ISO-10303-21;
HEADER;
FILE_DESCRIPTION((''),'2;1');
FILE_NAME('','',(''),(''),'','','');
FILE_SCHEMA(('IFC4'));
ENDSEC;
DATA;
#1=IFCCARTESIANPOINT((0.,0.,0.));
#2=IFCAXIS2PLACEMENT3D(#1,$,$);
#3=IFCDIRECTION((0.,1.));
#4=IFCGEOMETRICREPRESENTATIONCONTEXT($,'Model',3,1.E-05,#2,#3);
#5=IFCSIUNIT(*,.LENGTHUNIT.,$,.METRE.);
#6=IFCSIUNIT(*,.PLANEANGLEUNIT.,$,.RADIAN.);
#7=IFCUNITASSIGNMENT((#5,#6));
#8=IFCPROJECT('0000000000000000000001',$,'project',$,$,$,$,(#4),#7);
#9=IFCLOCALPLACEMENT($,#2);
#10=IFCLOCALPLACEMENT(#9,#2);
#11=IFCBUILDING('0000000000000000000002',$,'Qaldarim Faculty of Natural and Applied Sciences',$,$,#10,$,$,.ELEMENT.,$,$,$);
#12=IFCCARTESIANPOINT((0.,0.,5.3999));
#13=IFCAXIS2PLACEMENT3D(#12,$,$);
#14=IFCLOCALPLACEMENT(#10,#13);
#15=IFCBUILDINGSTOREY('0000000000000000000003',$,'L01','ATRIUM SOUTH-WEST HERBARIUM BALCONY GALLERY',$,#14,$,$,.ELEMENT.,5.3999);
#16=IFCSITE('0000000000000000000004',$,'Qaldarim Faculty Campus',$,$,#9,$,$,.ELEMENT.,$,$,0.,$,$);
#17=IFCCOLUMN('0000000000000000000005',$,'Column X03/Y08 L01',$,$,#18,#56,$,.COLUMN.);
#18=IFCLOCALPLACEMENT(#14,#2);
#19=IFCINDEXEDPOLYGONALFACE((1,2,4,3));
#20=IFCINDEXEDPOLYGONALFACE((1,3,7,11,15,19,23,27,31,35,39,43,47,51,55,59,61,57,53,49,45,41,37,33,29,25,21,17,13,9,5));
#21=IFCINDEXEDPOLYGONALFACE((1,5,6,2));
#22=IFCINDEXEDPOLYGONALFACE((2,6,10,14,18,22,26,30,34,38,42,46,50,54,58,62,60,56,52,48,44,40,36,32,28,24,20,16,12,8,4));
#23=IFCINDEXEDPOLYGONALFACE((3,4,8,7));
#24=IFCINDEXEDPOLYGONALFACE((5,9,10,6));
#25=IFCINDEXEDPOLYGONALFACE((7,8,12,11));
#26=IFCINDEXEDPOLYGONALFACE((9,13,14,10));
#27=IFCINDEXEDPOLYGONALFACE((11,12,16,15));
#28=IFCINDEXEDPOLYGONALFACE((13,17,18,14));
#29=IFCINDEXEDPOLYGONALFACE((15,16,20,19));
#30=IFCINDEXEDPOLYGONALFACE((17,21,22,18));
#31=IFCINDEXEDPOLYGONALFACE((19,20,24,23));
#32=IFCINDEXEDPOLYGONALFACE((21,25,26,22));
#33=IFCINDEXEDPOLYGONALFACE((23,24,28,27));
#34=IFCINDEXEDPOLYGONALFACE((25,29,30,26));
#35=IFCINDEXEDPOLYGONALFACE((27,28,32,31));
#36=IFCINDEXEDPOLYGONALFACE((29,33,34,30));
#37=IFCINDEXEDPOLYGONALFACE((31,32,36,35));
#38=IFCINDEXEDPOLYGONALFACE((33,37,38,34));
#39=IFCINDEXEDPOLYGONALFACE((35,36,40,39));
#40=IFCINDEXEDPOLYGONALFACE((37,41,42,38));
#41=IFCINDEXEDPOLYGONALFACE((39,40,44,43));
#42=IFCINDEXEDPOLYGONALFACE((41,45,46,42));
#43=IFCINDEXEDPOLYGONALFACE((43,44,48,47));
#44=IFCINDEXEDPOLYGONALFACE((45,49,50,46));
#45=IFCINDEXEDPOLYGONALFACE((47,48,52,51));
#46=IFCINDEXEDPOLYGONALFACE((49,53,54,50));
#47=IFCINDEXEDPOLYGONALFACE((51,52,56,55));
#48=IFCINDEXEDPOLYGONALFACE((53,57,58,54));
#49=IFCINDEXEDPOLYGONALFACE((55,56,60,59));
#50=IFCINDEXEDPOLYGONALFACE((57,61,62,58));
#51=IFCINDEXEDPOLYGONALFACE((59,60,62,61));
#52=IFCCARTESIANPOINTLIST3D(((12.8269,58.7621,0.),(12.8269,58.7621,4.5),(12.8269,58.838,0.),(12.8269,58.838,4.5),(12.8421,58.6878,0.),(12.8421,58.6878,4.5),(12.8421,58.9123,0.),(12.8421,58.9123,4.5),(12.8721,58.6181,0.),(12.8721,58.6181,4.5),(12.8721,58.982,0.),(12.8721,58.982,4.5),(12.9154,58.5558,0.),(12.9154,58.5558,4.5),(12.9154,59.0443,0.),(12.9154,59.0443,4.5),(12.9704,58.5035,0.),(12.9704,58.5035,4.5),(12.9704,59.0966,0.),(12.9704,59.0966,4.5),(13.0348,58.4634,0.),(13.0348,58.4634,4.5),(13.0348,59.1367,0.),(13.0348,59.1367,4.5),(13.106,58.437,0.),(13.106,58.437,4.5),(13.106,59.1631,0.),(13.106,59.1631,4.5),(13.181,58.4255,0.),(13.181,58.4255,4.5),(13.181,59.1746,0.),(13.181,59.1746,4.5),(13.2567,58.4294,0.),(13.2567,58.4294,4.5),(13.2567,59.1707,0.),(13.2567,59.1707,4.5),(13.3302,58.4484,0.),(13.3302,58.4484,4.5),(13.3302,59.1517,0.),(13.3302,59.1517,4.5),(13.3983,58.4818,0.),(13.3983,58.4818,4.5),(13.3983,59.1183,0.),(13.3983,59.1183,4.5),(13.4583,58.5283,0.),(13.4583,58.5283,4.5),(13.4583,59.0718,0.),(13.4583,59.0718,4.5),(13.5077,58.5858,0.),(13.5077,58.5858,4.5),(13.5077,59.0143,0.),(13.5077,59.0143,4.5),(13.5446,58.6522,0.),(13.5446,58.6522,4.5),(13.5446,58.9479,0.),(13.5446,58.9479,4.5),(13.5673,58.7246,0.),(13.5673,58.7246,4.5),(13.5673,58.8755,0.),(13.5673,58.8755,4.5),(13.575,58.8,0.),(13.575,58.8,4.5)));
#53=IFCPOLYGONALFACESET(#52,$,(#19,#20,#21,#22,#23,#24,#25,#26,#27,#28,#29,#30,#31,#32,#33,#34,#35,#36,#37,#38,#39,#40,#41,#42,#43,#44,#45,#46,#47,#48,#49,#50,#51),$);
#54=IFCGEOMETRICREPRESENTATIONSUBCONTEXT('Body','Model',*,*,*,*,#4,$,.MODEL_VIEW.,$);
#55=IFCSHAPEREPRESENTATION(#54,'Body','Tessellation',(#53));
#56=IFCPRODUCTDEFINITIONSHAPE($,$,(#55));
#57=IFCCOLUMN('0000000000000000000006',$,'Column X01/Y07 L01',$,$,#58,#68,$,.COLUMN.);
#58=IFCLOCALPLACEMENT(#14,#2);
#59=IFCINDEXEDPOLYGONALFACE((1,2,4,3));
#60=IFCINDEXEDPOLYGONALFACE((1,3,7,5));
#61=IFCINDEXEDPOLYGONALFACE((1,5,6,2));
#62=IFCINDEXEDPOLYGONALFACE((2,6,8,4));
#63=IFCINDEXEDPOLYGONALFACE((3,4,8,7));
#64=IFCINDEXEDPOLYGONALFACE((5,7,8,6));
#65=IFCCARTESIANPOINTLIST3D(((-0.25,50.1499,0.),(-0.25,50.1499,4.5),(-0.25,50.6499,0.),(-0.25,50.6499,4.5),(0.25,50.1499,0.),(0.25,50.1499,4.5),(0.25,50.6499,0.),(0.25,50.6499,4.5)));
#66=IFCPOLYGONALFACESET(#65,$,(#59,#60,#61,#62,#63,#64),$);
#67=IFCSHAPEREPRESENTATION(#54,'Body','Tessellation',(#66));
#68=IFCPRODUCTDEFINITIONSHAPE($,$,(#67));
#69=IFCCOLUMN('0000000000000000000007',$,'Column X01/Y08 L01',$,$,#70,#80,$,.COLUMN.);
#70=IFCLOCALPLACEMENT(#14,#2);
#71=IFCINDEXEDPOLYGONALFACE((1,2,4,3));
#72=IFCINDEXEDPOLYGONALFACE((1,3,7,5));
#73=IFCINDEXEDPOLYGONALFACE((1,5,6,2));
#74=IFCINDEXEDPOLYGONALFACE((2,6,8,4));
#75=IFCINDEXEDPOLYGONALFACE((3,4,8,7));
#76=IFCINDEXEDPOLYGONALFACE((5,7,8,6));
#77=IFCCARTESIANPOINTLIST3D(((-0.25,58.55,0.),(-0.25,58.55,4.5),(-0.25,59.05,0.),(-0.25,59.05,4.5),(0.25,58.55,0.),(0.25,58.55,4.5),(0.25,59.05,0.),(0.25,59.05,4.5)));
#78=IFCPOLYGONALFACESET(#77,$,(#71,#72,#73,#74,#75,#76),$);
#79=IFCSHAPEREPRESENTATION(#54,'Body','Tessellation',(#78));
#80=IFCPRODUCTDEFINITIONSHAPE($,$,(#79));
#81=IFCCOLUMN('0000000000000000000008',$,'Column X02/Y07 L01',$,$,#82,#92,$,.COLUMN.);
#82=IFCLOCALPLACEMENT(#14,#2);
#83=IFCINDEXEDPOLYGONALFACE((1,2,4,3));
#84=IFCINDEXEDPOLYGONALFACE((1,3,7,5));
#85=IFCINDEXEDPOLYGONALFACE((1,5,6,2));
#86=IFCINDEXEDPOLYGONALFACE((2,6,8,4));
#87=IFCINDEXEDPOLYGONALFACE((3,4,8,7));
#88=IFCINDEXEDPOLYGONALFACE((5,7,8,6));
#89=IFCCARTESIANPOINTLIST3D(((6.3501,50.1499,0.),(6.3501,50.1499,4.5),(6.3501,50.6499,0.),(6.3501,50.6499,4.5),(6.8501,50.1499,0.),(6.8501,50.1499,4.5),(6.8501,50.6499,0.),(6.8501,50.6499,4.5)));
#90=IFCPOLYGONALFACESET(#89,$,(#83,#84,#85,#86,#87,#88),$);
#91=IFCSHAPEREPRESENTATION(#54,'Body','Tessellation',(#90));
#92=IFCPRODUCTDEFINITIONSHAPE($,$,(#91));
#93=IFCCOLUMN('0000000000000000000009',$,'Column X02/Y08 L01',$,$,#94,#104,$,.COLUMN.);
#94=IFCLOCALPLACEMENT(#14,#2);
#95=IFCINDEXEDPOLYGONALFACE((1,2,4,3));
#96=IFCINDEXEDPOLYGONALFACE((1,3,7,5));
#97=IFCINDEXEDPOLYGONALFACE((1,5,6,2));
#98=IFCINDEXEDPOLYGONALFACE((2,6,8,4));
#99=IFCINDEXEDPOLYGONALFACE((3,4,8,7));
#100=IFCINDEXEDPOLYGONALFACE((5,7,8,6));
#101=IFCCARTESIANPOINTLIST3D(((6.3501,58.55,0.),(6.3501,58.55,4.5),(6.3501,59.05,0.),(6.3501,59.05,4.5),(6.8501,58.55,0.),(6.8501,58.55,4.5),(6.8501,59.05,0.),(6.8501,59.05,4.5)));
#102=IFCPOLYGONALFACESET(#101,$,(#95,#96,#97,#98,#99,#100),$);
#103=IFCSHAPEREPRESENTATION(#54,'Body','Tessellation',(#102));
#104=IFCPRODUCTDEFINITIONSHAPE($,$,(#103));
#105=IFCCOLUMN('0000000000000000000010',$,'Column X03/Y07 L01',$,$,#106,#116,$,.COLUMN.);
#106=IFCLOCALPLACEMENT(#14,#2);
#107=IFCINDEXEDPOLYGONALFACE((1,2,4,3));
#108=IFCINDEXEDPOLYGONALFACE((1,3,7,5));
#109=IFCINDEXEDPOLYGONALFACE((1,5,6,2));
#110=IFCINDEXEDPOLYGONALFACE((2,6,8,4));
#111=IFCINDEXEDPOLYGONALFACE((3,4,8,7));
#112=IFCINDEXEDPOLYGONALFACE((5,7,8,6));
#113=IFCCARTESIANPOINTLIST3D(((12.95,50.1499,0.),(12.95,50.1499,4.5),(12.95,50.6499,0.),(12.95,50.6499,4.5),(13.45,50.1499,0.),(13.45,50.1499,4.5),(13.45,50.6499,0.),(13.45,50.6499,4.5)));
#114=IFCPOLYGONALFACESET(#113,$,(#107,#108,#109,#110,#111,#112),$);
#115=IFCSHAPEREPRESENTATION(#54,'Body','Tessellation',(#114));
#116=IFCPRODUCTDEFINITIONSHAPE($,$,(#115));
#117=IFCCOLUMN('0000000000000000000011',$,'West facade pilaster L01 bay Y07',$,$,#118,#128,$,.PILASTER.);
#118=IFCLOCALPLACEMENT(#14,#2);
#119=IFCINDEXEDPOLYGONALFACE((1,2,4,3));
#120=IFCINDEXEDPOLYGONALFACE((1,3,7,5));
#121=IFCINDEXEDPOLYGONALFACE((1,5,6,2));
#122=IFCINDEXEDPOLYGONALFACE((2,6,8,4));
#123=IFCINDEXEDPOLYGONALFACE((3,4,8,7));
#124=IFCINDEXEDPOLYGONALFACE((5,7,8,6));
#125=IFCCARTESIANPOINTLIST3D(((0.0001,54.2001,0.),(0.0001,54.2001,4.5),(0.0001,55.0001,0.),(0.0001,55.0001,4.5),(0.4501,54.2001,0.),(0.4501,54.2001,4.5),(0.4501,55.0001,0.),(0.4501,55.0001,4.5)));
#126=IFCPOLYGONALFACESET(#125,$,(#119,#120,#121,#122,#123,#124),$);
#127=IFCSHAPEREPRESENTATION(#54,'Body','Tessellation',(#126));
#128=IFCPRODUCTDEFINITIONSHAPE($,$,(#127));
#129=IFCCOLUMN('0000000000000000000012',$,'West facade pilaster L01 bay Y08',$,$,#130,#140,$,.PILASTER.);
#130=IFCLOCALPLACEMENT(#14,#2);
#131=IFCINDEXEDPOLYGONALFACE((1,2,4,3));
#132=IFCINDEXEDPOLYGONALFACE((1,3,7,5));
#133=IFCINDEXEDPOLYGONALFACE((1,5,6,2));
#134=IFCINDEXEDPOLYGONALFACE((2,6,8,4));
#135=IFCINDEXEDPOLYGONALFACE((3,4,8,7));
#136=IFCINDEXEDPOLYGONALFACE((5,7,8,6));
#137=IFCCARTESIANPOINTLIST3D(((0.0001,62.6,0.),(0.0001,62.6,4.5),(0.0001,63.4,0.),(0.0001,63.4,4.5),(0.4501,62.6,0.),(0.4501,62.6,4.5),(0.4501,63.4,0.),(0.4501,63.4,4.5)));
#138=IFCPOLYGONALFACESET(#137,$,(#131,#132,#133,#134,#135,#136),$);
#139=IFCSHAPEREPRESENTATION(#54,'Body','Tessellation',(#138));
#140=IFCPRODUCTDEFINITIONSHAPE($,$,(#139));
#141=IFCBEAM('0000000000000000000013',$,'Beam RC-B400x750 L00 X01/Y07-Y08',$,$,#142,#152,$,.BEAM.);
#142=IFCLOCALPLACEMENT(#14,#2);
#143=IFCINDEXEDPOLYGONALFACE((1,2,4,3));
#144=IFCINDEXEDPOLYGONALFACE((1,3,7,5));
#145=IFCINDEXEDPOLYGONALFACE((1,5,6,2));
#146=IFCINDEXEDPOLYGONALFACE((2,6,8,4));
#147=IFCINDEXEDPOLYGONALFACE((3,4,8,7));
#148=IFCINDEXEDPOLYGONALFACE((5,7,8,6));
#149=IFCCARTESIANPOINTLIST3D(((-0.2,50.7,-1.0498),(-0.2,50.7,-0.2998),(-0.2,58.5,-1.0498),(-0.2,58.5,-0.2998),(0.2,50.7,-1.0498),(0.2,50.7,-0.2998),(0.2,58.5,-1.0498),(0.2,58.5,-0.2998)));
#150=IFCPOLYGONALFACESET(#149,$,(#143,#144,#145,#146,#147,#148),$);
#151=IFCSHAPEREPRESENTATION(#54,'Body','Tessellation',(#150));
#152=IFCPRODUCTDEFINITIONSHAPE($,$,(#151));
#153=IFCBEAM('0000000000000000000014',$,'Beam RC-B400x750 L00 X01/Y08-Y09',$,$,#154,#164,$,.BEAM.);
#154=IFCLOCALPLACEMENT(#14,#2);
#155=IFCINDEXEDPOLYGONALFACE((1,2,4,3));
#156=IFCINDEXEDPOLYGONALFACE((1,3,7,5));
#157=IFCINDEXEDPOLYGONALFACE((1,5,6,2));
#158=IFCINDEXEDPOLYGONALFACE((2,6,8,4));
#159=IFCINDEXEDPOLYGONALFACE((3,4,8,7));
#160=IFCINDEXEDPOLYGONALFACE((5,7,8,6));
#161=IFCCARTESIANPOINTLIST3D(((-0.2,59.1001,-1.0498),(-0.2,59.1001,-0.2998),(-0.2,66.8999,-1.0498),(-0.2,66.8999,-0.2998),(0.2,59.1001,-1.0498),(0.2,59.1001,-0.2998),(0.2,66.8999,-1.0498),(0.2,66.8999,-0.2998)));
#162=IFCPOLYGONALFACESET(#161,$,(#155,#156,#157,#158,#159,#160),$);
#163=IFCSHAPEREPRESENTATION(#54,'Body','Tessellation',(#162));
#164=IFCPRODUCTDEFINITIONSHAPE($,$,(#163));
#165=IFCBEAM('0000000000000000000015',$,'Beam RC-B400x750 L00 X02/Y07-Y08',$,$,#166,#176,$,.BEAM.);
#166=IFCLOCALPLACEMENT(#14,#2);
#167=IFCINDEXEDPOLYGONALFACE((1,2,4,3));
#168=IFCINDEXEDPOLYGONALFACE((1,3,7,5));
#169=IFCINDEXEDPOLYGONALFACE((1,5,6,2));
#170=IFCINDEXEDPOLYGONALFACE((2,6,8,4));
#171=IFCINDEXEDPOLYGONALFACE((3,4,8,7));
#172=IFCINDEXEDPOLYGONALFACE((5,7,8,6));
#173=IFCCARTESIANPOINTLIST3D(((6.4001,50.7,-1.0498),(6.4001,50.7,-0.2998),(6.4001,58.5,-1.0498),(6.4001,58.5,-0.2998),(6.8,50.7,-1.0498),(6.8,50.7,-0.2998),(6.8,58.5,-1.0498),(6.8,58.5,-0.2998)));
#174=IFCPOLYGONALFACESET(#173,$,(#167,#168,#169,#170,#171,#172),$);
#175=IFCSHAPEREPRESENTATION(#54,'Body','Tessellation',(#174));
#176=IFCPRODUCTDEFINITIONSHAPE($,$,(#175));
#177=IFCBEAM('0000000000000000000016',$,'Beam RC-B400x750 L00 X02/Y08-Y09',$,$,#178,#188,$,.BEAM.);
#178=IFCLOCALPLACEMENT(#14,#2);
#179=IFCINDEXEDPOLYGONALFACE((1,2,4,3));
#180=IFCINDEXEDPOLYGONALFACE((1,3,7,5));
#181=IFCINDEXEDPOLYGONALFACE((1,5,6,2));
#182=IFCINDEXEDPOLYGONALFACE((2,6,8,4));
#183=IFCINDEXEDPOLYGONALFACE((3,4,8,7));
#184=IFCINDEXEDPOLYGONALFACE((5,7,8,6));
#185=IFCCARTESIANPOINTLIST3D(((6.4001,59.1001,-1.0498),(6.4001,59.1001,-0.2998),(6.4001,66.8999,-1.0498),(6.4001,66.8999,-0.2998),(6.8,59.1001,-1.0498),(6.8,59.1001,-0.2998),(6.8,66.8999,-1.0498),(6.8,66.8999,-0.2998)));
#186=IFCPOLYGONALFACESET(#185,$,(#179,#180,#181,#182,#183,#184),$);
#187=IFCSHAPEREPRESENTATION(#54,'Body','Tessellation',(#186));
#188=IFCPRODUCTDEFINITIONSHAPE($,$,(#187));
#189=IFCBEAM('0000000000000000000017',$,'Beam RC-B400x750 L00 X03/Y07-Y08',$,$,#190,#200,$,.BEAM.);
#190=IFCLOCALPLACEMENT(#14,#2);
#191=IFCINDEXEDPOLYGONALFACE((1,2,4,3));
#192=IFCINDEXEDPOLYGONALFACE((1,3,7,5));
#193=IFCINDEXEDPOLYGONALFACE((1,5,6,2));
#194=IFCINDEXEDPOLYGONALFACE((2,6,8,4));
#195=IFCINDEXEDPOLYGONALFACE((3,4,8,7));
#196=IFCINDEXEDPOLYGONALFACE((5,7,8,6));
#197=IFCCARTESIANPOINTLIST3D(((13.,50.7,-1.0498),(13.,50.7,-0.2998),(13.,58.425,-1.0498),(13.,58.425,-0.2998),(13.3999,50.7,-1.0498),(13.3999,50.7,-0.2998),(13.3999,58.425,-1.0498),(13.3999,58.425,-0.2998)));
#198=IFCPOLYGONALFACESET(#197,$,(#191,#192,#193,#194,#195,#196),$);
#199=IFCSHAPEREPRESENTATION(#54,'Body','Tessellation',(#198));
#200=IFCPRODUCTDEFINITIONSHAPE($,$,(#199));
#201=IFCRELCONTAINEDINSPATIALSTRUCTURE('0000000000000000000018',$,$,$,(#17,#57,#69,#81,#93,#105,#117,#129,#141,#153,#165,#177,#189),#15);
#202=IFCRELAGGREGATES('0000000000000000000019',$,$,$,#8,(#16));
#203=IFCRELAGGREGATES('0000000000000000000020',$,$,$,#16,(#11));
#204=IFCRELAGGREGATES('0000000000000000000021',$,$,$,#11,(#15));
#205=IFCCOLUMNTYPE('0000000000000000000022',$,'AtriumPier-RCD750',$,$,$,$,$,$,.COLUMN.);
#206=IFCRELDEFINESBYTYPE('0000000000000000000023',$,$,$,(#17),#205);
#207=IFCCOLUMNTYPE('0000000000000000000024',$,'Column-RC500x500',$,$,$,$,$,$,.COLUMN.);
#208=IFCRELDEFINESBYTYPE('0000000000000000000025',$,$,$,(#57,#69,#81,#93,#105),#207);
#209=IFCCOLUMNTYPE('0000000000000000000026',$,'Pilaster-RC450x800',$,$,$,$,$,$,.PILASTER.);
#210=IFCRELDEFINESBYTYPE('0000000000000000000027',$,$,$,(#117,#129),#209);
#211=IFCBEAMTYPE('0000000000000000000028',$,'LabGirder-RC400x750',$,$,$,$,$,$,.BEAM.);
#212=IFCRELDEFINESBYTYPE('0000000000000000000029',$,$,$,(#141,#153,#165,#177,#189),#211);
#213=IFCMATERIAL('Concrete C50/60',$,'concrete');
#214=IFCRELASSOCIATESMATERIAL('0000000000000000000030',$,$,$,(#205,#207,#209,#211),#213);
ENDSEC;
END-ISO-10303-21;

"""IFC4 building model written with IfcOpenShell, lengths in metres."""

from ifc_helpers import new_model, si_unit, direction, frame, origin, origin_2d, place, context, subcontext, project, spatial, rectangle, circle, extrude, material, material_profile, profile_set, type_object, element, save


model = new_model("IFC4")

# Units and contexts
model_context = context("Model", 3, precision=1e-05, world=origin(), true_north=direction((0.0, 1.0)))
body_context = subcontext(model_context, "Body", "Model", "MODEL_VIEW")
ifc_project = project(units=[si_unit("LENGTHUNIT", "METRE"), si_unit("PLANEANGLEUNIT", "RADIAN")], contexts=[model_context])

# Site, building, storey
site_placement = place(None, origin())
site = spatial("IfcSite", under=ifc_project, at=site_placement, Name="Qaldarim Faculty Campus", CompositionType="ELEMENT", RefElevation=0.0)
building_placement = place(site_placement, origin())
building = spatial("IfcBuilding", under=site, at=building_placement, Name="Qaldarim Faculty of Natural and Applied Sciences", CompositionType="ELEMENT")
storey_placement = place(building_placement, frame((0.0, 0.0, 5.3999)))
storey = spatial("IfcBuildingStorey", under=building, at=storey_placement, Name="L01", Description="ATRIUM SOUTH-WEST HERBARIUM BALCONY GALLERY", CompositionType="ELEMENT", Elevation=5.3999)

# Columns
ifc_material_1 = material(Name="Concrete C50/60", Category="concrete")
ifc_material_profile_1 = material_profile(ifc_material_1, circle(Radius=0.375, at=origin_2d()), Name="RC-D750")
ifc_profile_set_1 = profile_set([ifc_material_profile_1], Name="Concrete C50/60")
column_type_1 = type_object("IfcColumnType", Name="AtriumPier-RCD750", PredefinedType="COLUMN", material=ifc_profile_set_1)
column_placement = place(storey_placement, frame((13.2, 58.8, 0.0), z_axis=(0.0, 0.0, 1.0), x_axis=(1.0, 0.0, 0.0)))
element("IfcColumn", 1, at=column_placement, inside=storey, type_object=column_type_1, Name="Column X03/Y08 L01", PredefinedType="COLUMN", context=body_context, shape_type="SweptSolid", body=[
    extrude(circle(Radius=0.375, at=origin_2d()), origin(), (0.0, 0.0, 1.0), 4.5),
])
ifc_material_profile_2 = material_profile(ifc_material_1, rectangle(XDim=0.5, YDim=0.5, at=origin_2d()), Name="RC-C500x500")
ifc_profile_set_2 = profile_set([ifc_material_profile_2], Name="Concrete C50/60")
column_type_2 = type_object("IfcColumnType", Name="Column-RC500x500", PredefinedType="COLUMN", material=ifc_profile_set_2)
for number, where, z_axis, x_axis, name in (
    (2, (0.0, 50.3999, 0.0), (0.0, 0.0, 1.0), (1.0, 0.0, 0.0), "Column X01/Y07 L01"),
    (3, (0.0, 58.8, 0.0), (0.0, 0.0, 1.0), (1.0, 0.0, 0.0), "Column X01/Y08 L01"),
    (4, (6.6001, 50.3999, 0.0), (0.0, 0.0, 1.0), (1.0, 0.0, 0.0), "Column X02/Y07 L01"),
    (5, (6.6001, 58.8, 0.0), (0.0, 0.0, 1.0), (1.0, 0.0, 0.0), "Column X02/Y08 L01"),
    (6, (13.2, 50.3999, 0.0), (0.0, 0.0, 1.0), (1.0, 0.0, 0.0), "Column X03/Y07 L01"),
):
    element("IfcColumn", number, at=place(storey_placement, frame(where, z_axis=z_axis, x_axis=x_axis)), inside=storey, type_object=column_type_2, Name=name, PredefinedType="COLUMN", context=body_context, shape_type="SweptSolid", body=[
        extrude(rectangle(XDim=0.5, YDim=0.5, at=origin_2d()), origin(), (0.0, 0.0, 1.0), 4.5),
    ])
ifc_material_profile_3 = material_profile(ifc_material_1, rectangle(XDim=0.45, YDim=0.8, at=origin_2d()), Name="RC-C450x800")
ifc_profile_set_3 = profile_set([ifc_material_profile_3], Name="Concrete C50/60")
column_type_3 = type_object("IfcColumnType", Name="Pilaster-RC450x800", PredefinedType="PILASTER", material=ifc_profile_set_3)
for number, where, z_axis, x_axis, name in (
    (7, (0.2251, 54.6001, 0.0), (0.0, 0.0, 1.0), (1.0, 0.0, 0.0), "West facade pilaster L01 bay Y07"),
    (8, (0.2251, 63.0, 0.0), (0.0, 0.0, 1.0), (1.0, 0.0, 0.0), "West facade pilaster L01 bay Y08"),
):
    element("IfcColumn", number, at=place(storey_placement, frame(where, z_axis=z_axis, x_axis=x_axis)), inside=storey, type_object=column_type_3, Name=name, PredefinedType="PILASTER", context=body_context, shape_type="SweptSolid", body=[
        extrude(rectangle(XDim=0.45, YDim=0.8, at=origin_2d()), origin(), (0.0, 0.0, 1.0), 4.5),
    ])

# Beams
ifc_material_profile_4 = material_profile(ifc_material_1, rectangle(XDim=0.3999, YDim=0.75, at=origin_2d()), Name="RC-B400x750")
ifc_profile_set_4 = profile_set([ifc_material_profile_4], Name="Concrete C50/60")
beam_type_1 = type_object("IfcBeamType", Name="LabGirder-RC400x750", PredefinedType="BEAM", material=ifc_profile_set_4)
beam_1_placement = place(storey_placement, frame((0.0, 50.7, -0.6748), z_axis=(0.0, 1.0, 0.0), x_axis=(-1.0, 0.0, 0.0)))
element("IfcBeam", 9, at=beam_1_placement, inside=storey, type_object=beam_type_1, Name="Beam RC-B400x750 L00 X01/Y07-Y08", PredefinedType="BEAM", context=body_context, shape_type="SweptSolid", body=[
    extrude(rectangle(XDim=0.3999, YDim=0.75, at=origin_2d()), origin(), (0.0, 0.0, 1.0), 7.8),
])
beam_2_placement = place(storey_placement, frame((0.0, 59.1001, -0.6748), z_axis=(0.0, 1.0, 0.0), x_axis=(-1.0, 0.0, 0.0)))
element("IfcBeam", 10, at=beam_2_placement, inside=storey, type_object=beam_type_1, Name="Beam RC-B400x750 L00 X01/Y08-Y09", PredefinedType="BEAM", context=body_context, shape_type="SweptSolid", body=[
    extrude(rectangle(XDim=0.3999, YDim=0.75, at=origin_2d()), origin(), (0.0, 0.0, 1.0), 7.7998),
])
beam_3_placement = place(storey_placement, frame((6.6001, 50.7, -0.6748), z_axis=(0.0, 1.0, 0.0), x_axis=(-1.0, 0.0, 0.0)))
element("IfcBeam", 11, at=beam_3_placement, inside=storey, type_object=beam_type_1, Name="Beam RC-B400x750 L00 X02/Y07-Y08", PredefinedType="BEAM", context=body_context, shape_type="SweptSolid", body=[
    extrude(rectangle(XDim=0.3999, YDim=0.75, at=origin_2d()), origin(), (0.0, 0.0, 1.0), 7.8),
])
beam_4_placement = place(storey_placement, frame((6.6001, 59.1001, -0.6748), z_axis=(0.0, 1.0, 0.0), x_axis=(-1.0, 0.0, 0.0)))
element("IfcBeam", 12, at=beam_4_placement, inside=storey, type_object=beam_type_1, Name="Beam RC-B400x750 L00 X02/Y08-Y09", PredefinedType="BEAM", context=body_context, shape_type="SweptSolid", body=[
    extrude(rectangle(XDim=0.3999, YDim=0.75, at=origin_2d()), origin(), (0.0, 0.0, 1.0), 7.7998),
])
beam_5_placement = place(storey_placement, frame((13.2, 50.7, -0.6748), z_axis=(0.0, 1.0, 0.0), x_axis=(-1.0, 0.0, 0.0)))
element("IfcBeam", 13, at=beam_5_placement, inside=storey, type_object=beam_type_1, Name="Beam RC-B400x750 L00 X03/Y07-Y08", PredefinedType="BEAM", context=body_context, shape_type="SweptSolid", body=[
    extrude(rectangle(XDim=0.3999, YDim=0.75, at=origin_2d()), origin(), (0.0, 0.0, 1.0), 7.7251),
])

save(model, "model.ifc")
